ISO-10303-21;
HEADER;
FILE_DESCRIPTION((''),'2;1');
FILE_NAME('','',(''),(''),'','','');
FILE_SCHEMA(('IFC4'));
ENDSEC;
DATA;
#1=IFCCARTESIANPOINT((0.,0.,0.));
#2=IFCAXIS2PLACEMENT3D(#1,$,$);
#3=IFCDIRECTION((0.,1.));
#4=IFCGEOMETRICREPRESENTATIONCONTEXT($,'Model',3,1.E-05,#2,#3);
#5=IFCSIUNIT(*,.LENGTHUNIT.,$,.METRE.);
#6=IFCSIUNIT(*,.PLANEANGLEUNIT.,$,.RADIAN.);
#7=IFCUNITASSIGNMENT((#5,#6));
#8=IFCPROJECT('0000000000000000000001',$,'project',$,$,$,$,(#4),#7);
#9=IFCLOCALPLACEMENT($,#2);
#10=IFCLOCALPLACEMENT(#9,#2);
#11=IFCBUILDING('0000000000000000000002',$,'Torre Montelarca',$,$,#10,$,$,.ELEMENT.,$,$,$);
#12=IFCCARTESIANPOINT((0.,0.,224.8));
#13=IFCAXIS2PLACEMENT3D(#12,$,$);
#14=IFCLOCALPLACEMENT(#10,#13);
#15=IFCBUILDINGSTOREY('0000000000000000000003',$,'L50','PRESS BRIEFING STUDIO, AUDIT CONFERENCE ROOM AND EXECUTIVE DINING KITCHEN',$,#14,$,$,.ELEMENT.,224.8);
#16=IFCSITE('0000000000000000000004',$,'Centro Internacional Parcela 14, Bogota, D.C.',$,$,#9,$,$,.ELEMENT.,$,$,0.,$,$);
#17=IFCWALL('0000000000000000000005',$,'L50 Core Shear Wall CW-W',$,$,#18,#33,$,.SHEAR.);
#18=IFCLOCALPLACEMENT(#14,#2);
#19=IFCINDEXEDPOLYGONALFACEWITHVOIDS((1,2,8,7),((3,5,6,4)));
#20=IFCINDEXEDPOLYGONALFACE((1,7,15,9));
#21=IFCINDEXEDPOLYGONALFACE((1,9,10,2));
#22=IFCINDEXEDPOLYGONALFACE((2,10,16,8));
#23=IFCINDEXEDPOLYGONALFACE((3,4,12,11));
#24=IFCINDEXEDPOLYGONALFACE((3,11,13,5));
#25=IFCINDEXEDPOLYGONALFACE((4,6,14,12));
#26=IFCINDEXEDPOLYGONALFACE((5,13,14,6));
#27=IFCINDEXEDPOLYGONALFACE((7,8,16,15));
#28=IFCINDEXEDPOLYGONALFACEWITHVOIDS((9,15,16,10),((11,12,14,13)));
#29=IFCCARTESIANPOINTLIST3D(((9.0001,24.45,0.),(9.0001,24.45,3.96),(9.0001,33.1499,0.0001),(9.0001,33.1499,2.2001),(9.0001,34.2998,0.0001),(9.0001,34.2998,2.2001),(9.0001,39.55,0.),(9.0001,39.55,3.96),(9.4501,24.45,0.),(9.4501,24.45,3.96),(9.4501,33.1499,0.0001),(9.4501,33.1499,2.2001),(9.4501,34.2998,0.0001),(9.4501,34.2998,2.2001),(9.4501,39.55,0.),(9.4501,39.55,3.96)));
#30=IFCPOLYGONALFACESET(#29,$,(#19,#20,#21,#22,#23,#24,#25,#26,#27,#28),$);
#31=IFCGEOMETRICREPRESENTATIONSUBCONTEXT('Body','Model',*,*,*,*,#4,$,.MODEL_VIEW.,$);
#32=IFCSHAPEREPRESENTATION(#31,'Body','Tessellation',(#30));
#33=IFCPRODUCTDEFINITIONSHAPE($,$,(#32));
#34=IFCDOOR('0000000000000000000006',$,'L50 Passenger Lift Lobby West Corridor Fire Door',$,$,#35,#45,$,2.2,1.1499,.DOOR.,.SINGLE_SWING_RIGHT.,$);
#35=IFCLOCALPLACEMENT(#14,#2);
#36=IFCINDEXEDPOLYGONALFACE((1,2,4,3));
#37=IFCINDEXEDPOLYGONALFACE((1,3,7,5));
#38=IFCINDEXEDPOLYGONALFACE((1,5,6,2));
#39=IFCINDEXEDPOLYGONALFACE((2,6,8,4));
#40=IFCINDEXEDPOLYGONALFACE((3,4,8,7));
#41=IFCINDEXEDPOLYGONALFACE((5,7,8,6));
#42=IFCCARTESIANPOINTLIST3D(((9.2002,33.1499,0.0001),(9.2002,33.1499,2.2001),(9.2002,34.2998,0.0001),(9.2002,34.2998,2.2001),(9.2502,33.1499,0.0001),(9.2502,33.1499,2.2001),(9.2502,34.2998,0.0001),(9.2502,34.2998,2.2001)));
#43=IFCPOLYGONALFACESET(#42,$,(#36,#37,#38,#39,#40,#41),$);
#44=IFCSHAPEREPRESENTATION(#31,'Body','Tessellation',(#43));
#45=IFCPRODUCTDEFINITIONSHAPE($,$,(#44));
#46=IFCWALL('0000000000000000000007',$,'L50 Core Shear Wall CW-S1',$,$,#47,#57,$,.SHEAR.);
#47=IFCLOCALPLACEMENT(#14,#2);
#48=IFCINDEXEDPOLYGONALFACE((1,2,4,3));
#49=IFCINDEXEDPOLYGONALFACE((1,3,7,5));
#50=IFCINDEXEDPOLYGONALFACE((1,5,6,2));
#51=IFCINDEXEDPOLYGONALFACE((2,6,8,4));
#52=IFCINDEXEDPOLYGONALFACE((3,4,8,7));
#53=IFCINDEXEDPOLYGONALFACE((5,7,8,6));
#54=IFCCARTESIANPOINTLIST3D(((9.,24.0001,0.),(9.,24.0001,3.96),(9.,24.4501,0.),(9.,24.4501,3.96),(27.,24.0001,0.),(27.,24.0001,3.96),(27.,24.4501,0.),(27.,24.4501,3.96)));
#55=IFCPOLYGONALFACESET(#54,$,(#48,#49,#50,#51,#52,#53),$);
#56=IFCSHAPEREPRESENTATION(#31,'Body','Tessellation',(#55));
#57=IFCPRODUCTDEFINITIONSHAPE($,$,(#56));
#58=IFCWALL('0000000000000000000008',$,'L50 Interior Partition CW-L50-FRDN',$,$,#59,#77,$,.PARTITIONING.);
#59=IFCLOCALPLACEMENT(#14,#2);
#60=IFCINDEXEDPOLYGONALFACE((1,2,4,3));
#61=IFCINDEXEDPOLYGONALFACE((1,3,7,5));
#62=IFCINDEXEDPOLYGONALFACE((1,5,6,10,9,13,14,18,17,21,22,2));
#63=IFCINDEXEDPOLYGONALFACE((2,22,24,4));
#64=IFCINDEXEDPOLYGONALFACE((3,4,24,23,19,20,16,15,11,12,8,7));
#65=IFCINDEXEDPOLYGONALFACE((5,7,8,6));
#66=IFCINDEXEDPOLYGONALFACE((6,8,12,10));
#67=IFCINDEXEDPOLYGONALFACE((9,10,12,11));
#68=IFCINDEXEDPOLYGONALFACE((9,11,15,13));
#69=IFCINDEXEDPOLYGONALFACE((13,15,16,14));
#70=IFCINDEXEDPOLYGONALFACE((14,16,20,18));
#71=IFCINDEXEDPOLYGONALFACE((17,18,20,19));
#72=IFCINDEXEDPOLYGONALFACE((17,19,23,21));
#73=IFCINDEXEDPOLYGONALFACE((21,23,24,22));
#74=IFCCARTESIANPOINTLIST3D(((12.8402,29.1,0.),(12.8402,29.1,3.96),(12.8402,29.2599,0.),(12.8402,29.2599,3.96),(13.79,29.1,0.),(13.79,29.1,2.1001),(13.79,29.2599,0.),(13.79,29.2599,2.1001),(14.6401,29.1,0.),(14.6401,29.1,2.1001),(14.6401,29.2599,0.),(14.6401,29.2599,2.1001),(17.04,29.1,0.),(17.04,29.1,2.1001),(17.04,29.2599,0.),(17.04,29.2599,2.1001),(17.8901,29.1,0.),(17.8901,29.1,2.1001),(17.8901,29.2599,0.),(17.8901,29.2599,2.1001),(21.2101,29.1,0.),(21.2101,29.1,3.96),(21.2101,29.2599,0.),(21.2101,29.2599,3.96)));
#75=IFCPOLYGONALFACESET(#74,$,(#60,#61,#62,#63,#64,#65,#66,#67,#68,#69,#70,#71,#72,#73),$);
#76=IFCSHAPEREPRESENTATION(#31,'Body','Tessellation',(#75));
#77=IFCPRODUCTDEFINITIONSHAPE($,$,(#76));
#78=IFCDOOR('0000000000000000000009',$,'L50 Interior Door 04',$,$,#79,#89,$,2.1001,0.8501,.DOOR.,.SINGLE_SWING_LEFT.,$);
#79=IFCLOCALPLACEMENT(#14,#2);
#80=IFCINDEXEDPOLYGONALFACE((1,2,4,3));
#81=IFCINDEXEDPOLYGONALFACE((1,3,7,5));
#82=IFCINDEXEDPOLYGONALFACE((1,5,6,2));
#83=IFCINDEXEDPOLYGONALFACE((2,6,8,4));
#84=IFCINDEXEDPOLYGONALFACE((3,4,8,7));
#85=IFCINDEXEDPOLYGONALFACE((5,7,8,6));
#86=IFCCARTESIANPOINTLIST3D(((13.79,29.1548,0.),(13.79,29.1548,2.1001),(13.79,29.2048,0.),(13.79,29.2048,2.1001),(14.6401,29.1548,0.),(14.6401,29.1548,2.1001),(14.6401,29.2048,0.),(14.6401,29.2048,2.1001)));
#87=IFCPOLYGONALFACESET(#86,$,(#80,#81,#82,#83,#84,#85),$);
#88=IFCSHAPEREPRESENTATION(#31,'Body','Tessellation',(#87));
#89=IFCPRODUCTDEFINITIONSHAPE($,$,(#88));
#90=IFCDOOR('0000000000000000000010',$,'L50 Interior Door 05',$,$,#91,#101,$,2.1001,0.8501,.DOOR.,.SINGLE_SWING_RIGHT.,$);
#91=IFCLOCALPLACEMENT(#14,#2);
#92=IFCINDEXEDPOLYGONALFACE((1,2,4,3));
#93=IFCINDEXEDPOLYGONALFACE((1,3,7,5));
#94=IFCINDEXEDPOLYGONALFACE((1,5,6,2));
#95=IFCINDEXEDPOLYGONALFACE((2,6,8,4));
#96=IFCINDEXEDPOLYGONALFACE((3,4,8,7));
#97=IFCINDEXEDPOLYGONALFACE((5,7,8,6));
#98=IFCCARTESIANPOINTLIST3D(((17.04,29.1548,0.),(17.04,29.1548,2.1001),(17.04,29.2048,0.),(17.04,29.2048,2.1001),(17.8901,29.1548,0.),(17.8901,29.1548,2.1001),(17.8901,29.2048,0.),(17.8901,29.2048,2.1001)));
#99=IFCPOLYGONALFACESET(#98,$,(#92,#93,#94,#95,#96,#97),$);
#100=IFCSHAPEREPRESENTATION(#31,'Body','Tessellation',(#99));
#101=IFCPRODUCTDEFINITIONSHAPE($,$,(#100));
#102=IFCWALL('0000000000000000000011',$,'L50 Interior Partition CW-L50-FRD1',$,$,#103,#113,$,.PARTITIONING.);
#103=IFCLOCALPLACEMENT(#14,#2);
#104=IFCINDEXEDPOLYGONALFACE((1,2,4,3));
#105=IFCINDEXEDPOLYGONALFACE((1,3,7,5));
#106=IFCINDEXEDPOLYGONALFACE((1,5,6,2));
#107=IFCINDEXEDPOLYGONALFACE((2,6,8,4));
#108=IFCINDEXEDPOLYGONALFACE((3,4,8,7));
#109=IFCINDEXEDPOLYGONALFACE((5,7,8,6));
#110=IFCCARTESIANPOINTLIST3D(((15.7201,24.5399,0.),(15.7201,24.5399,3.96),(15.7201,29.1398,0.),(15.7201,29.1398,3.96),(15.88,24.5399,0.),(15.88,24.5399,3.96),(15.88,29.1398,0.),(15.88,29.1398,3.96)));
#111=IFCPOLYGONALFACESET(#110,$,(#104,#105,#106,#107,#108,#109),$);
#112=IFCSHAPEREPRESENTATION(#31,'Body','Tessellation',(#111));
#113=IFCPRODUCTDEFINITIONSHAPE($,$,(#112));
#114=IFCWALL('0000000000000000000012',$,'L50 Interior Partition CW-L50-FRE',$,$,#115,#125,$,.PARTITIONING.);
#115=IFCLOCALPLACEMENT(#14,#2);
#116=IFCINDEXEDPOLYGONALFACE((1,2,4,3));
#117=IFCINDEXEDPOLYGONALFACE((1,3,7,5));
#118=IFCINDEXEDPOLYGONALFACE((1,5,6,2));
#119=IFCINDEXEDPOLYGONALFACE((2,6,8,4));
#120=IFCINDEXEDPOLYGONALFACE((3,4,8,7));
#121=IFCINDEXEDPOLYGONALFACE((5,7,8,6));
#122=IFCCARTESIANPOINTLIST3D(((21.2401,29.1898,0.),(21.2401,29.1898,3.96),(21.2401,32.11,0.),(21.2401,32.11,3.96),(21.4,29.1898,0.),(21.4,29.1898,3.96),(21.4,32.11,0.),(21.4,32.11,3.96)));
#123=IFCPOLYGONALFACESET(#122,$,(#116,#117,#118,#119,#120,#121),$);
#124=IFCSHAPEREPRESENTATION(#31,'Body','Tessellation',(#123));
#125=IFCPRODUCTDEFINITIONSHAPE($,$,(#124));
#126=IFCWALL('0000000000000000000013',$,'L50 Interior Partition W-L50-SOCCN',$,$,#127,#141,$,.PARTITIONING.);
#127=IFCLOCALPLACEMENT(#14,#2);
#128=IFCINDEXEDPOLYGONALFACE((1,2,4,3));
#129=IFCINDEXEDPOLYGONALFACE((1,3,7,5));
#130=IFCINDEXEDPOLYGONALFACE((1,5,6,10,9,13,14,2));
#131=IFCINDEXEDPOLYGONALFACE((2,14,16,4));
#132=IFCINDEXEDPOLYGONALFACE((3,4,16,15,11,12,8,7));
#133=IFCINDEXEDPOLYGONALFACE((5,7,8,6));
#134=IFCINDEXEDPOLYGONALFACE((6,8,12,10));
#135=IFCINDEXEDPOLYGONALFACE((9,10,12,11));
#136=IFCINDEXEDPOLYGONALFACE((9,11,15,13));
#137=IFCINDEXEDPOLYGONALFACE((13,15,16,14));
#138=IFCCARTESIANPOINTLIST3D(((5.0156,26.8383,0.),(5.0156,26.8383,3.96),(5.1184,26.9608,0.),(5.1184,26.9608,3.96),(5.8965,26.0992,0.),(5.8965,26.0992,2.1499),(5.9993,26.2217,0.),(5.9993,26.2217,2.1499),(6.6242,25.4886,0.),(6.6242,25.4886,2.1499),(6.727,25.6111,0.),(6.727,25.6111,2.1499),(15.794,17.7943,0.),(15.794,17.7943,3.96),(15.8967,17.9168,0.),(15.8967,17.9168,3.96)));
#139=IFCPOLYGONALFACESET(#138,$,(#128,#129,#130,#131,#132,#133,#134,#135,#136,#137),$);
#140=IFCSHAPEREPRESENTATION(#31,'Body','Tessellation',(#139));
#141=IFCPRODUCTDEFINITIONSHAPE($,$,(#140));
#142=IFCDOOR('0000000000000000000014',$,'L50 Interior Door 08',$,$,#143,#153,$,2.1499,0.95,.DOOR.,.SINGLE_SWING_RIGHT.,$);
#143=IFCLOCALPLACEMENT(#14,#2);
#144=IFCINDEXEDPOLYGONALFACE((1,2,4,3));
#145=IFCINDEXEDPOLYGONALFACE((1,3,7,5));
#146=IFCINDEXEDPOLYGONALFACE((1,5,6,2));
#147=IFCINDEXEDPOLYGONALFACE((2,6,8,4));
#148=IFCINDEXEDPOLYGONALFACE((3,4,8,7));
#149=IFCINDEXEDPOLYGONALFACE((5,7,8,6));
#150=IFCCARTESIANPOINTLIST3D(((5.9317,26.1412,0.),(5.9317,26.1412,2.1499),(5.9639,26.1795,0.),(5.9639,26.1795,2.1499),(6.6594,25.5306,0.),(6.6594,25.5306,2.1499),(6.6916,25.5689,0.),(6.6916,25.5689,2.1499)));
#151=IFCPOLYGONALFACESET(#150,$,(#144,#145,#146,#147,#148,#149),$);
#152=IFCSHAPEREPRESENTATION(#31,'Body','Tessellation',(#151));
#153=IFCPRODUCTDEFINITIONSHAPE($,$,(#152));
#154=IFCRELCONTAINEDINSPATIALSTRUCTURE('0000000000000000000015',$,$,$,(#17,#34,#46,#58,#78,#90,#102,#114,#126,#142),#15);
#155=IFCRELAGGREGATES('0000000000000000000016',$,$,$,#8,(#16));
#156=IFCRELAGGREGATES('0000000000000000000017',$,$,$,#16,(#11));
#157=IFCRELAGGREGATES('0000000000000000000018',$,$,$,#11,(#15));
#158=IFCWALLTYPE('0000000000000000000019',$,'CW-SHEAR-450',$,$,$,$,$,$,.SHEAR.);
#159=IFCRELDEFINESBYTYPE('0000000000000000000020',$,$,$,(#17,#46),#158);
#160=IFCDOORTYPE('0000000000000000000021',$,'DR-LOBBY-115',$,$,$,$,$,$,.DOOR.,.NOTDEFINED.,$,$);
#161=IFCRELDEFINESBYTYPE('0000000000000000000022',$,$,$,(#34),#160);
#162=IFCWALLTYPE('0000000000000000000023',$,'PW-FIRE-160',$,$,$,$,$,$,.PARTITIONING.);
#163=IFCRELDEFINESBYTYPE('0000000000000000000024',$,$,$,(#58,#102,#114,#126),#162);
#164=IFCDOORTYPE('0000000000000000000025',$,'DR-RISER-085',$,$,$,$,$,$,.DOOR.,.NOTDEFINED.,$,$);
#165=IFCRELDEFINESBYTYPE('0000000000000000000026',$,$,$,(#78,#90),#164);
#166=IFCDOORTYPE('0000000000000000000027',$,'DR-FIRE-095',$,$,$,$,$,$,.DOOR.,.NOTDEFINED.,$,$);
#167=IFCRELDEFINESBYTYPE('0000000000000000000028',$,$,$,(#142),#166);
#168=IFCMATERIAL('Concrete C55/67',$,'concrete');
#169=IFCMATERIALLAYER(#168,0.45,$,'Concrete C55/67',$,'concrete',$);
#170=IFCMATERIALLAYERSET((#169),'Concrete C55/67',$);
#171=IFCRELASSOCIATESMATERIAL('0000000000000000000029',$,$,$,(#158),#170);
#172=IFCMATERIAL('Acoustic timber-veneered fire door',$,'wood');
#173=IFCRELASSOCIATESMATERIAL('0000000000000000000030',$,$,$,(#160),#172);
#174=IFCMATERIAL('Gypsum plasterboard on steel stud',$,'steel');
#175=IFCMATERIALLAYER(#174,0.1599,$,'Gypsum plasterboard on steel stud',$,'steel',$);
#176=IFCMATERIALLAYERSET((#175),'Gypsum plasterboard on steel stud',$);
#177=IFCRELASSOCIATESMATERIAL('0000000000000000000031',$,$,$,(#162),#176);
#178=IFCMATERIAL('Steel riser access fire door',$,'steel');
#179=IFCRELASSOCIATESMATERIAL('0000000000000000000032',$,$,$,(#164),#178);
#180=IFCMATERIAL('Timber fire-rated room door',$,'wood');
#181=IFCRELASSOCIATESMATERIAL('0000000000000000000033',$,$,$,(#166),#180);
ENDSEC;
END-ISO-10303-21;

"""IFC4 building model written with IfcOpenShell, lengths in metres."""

from ifc_helpers import new_model, si_unit, direction, frame, frame_2d, origin, place, context, subcontext, project, spatial, rectangle, extrude, source, transform, mapped, material, layer, layer_set, type_object, element, fill, save


model = new_model("IFC4")

# Units and contexts
model_context = context("Model", 3, precision=1e-05, world=origin(), true_north=direction((0.0, 1.0)))
body_context = subcontext(model_context, "Body", "Model", "MODEL_VIEW")
ifc_project = project(units=[si_unit("LENGTHUNIT", "METRE"), si_unit("PLANEANGLEUNIT", "RADIAN")], contexts=[model_context])

# Site, building, storey
site_placement = place(None, origin())
site = spatial("IfcSite", under=ifc_project, at=site_placement, Name="Centro Internacional Parcela 14, Bogota, D.C.", CompositionType="ELEMENT", RefElevation=0.0)
building_placement = place(site_placement, origin())
building = spatial("IfcBuilding", under=site, at=building_placement, Name="Torre Montelarca", CompositionType="ELEMENT")
storey_placement = place(building_placement, frame((0.0, 0.0, 224.8)))
storey = spatial("IfcBuildingStorey", under=building, at=storey_placement, Name="L50", Description="PRESS BRIEFING STUDIO, AUDIT CONFERENCE ROOM AND EXECUTIVE DINING KITCHEN", CompositionType="ELEMENT", Elevation=224.8)

# Shared definitions
ifc_material_1 = material(Name="Concrete C55/67", Category="concrete")

# Wall, opening, door
ifc_layer_1 = layer(ifc_material_1, 0.45, Name="Concrete C55/67", Category="concrete")
ifc_layer_set_1 = layer_set([ifc_layer_1], Name="Concrete C55/67")
wall_type_1 = type_object("IfcWallType", Name="CW-SHEAR-450", PredefinedType="SHEAR", material=ifc_layer_set_1)
wall_1_placement = place(storey_placement, frame((9.2251, 24.45, 0.0), z_axis=(0.0, 0.0, 1.0), x_axis=(0.0, 1.0, 0.0)))
wall_1 = element("IfcWall", 1, at=wall_1_placement, inside=storey, type_object=wall_type_1, Name="L50 Core Shear Wall CW-W", PredefinedType="SHEAR", context=body_context, shape_type="SweptSolid", body=[
    extrude(rectangle(XDim=15.1001, YDim=0.45, at=frame_2d((7.55, 0.0))), origin(), (0.0, 0.0, 1.0), 3.96),
])
opening_1_placement = place(wall_1_placement, frame((8.7, 0.0, 0.0)))
opening_1 = element("IfcOpeningElement", 2, at=opening_1_placement, cuts=wall_1, PredefinedType="OPENING", context=body_context, shape_type="SweptSolid", body=[
    extrude(rectangle(XDim=1.1499, YDim=2.2, at=frame_2d((0.575, 1.1001))), frame((0.0, 0.2349, 0.0), z_axis=(0.0, -1.0, 0.0), x_axis=(1.0, 0.0, 0.0)), (0.0, 0.0, 1.0), 0.47),
])
ifc_material_2 = material(Name="Acoustic timber-veneered fire door", Category="wood")
door_type_1 = type_object("IfcDoorType", Name="DR-LOBBY-115", OperationType="NOTDEFINED", PredefinedType="DOOR", material=ifc_material_2)
shared_shape_1 = source(origin(), body_context, "Body", "SweptSolid", [
    extrude(rectangle(XDim=1.1499, YDim=2.2, at=frame_2d((0.575, 1.1001))), frame((0.0, 0.0249, 0.0), z_axis=(0.0, -1.0, 0.0), x_axis=(1.0, 0.0, 0.0)), (0.0, 0.0, 1.0), 0.05),
])
door_1_placement = place(opening_1_placement, origin())
door_1 = element("IfcDoor", 3, at=door_1_placement, inside=storey, type_object=door_type_1, Name="L50 Passenger Lift Lobby West Corridor Fire Door", OperationType="SINGLE_SWING_RIGHT", OverallHeight=2.2, OverallWidth=1.1499, PredefinedType="DOOR", context=body_context, shape_type="MappedRepresentation", body=[
    mapped(shared_shape_1, transform((0.0, 0.0, 0.0), scale=1.0)),
])
fill(opening_1, door_1)

# Wall
wall_2_placement = place(storey_placement, frame((9.0, 24.2251, 0.0), z_axis=(0.0, 0.0, 1.0), x_axis=(1.0, 0.0, 0.0)))
element("IfcWall", 4, at=wall_2_placement, inside=storey, type_object=wall_type_1, Name="L50 Core Shear Wall CW-S1", PredefinedType="SHEAR", context=body_context, shape_type="SweptSolid", body=[
    extrude(rectangle(XDim=18.0, YDim=0.45, at=frame_2d((9.0, 0.0))), origin(), (0.0, 0.0, 1.0), 3.96),
])

# Wall, openings, doors
ifc_material_3 = material(Name="Gypsum plasterboard on steel stud", Category="steel")
ifc_layer_2 = layer(ifc_material_3, 0.1599, Name="Gypsum plasterboard on steel stud", Category="steel")
ifc_layer_set_2 = layer_set([ifc_layer_2], Name="Gypsum plasterboard on steel stud")
wall_type_2 = type_object("IfcWallType", Name="PW-FIRE-160", PredefinedType="PARTITIONING", material=ifc_layer_set_2)
wall_3_placement = place(storey_placement, frame((12.8401, 29.1799, 0.0), z_axis=(0.0, 0.0, 1.0), x_axis=(1.0, 0.0, 0.0)))
wall_3 = element("IfcWall", 5, at=wall_3_placement, inside=storey, type_object=wall_type_2, Name="L50 Interior Partition CW-L50-FRDN", PredefinedType="PARTITIONING", context=body_context, shape_type="SweptSolid", body=[
    extrude(rectangle(XDim=8.3699, YDim=0.1599, at=frame_2d((4.1851, 0.0))), origin(), (0.0, 0.0, 1.0), 3.96),
])
opening_2_placement = place(wall_3_placement, frame((0.95, 0.0, 0.0)))
opening_2 = element("IfcOpeningElement", 6, at=opening_2_placement, cuts=wall_3, PredefinedType="OPENING", context=body_context, shape_type="SweptSolid", body=[
    extrude(rectangle(XDim=0.8501, YDim=2.1001, at=frame_2d((0.425, 1.05))), frame((0.0, 0.0898, 0.0), z_axis=(0.0, -1.0, 0.0), x_axis=(1.0, 0.0, 0.0)), (0.0, 0.0, 1.0), 0.1799),
])
opening_3_placement = place(wall_3_placement, frame((4.2, 0.0, 0.0)))
opening_3 = element("IfcOpeningElement", 7, at=opening_3_placement, cuts=wall_3, PredefinedType="OPENING", context=body_context, shape_type="SweptSolid", body=[
    extrude(rectangle(XDim=0.8501, YDim=2.1001, at=frame_2d((0.425, 1.05))), frame((0.0, 0.0898, 0.0), z_axis=(0.0, -1.0, 0.0), x_axis=(1.0, 0.0, 0.0)), (0.0, 0.0, 1.0), 0.1799),
])
ifc_material_4 = material(Name="Steel riser access fire door", Category="steel")
door_type_2 = type_object("IfcDoorType", Name="DR-RISER-085", OperationType="NOTDEFINED", PredefinedType="DOOR", material=ifc_material_4)
shared_shape_2 = source(origin(), body_context, "Body", "SweptSolid", [
    extrude(rectangle(XDim=0.8501, YDim=2.1001, at=frame_2d((0.425, 1.05))), frame((0.0, 0.0249, 0.0), z_axis=(0.0, -1.0, 0.0), x_axis=(1.0, 0.0, 0.0)), (0.0, 0.0, 1.0), 0.05),
])
door_2_placement = place(opening_2_placement, origin())
door_2 = element("IfcDoor", 8, at=door_2_placement, inside=storey, type_object=door_type_2, Name="L50 Interior Door 04", OperationType="SINGLE_SWING_LEFT", OverallHeight=2.1001, OverallWidth=0.8501, PredefinedType="DOOR", context=body_context, shape_type="MappedRepresentation", body=[
    mapped(shared_shape_2, transform((0.0, 0.0, 0.0), scale=1.0)),
])
fill(opening_2, door_2)
door_3_placement = place(opening_3_placement, origin())
door_3 = element("IfcDoor", 9, at=door_3_placement, inside=storey, type_object=door_type_2, Name="L50 Interior Door 05", OperationType="SINGLE_SWING_RIGHT", OverallHeight=2.1001, OverallWidth=0.8501, PredefinedType="DOOR", context=body_context, shape_type="MappedRepresentation", body=[
    mapped(shared_shape_2, transform((0.0, 0.0, 0.0), scale=1.0)),
])
fill(opening_3, door_3)

# Walls
wall_4_placement = place(storey_placement, frame((15.8, 24.54, 0.0), z_axis=(0.0, 0.0, 1.0), x_axis=(0.0, 1.0, 0.0)))
element("IfcWall", 10, at=wall_4_placement, inside=storey, type_object=wall_type_2, Name="L50 Interior Partition CW-L50-FRD1", PredefinedType="PARTITIONING", context=body_context, shape_type="SweptSolid", body=[
    extrude(rectangle(XDim=4.5999, YDim=0.1599, at=frame_2d((2.2998, 0.0))), origin(), (0.0, 0.0, 1.0), 3.96),
])
wall_5_placement = place(storey_placement, frame((21.3201, 29.1899, 0.0), z_axis=(0.0, 0.0, 1.0), x_axis=(0.0, 1.0, 0.0)))
element("IfcWall", 11, at=wall_5_placement, inside=storey, type_object=wall_type_2, Name="L50 Interior Partition CW-L50-FRE", PredefinedType="PARTITIONING", context=body_context, shape_type="SweptSolid", body=[
    extrude(rectangle(XDim=2.9202, YDim=0.1599, at=frame_2d((1.46, 0.0))), origin(), (0.0, 0.0, 1.0), 3.96),
])

# Wall, opening, door
wall_6_placement = place(storey_placement, frame((5.0669, 26.8997, 0.0), z_axis=(0.0, 0.0, 1.0), x_axis=(0.766049, -0.642782, 0.0)))
wall_6 = element("IfcWall", 12, at=wall_6_placement, inside=storey, type_object=wall_type_2, Name="L50 Interior Partition W-L50-SOCCN", PredefinedType="PARTITIONING", context=body_context, shape_type="SweptSolid", body=[
    extrude(rectangle(XDim=14.0701, YDim=0.1599, at=frame_2d((7.0352, 0.0))), origin(), (0.0, 0.0, 1.0), 3.96),
])
opening_4_placement = place(wall_6_placement, frame((1.1499, 0.0, 0.0)))
opening_4 = element("IfcOpeningElement", 13, at=opening_4_placement, cuts=wall_6, PredefinedType="OPENING", context=body_context, shape_type="SweptSolid", body=[
    extrude(rectangle(XDim=0.95, YDim=2.1499, at=frame_2d((0.4751, 1.075))), frame((0.0, 0.0898, 0.0), z_axis=(0.0, -1.0, 0.0), x_axis=(1.0, 0.0, 0.0)), (0.0, 0.0, 1.0), 0.1799),
])
ifc_material_5 = material(Name="Timber fire-rated room door", Category="wood")
door_type_3 = type_object("IfcDoorType", Name="DR-FIRE-095", OperationType="NOTDEFINED", PredefinedType="DOOR", material=ifc_material_5)
shared_shape_3 = source(origin(), body_context, "Body", "SweptSolid", [
    extrude(rectangle(XDim=0.95, YDim=2.1499, at=frame_2d((0.4751, 1.075))), frame((0.0, 0.0249, 0.0), z_axis=(0.0, -1.0, 0.0), x_axis=(1.0, 0.0, 0.0)), (0.0, 0.0, 1.0), 0.05),
])
door_4_placement = place(opening_4_placement, origin())
door_4 = element("IfcDoor", 14, at=door_4_placement, inside=storey, type_object=door_type_3, Name="L50 Interior Door 08", OperationType="SINGLE_SWING_RIGHT", OverallHeight=2.1499, OverallWidth=0.95, PredefinedType="DOOR", context=body_context, shape_type="MappedRepresentation", body=[
    mapped(shared_shape_3, transform((0.0, 0.0, 0.0), scale=1.0)),
])
fill(opening_4, door_4)

save(model, "model.ifc")
